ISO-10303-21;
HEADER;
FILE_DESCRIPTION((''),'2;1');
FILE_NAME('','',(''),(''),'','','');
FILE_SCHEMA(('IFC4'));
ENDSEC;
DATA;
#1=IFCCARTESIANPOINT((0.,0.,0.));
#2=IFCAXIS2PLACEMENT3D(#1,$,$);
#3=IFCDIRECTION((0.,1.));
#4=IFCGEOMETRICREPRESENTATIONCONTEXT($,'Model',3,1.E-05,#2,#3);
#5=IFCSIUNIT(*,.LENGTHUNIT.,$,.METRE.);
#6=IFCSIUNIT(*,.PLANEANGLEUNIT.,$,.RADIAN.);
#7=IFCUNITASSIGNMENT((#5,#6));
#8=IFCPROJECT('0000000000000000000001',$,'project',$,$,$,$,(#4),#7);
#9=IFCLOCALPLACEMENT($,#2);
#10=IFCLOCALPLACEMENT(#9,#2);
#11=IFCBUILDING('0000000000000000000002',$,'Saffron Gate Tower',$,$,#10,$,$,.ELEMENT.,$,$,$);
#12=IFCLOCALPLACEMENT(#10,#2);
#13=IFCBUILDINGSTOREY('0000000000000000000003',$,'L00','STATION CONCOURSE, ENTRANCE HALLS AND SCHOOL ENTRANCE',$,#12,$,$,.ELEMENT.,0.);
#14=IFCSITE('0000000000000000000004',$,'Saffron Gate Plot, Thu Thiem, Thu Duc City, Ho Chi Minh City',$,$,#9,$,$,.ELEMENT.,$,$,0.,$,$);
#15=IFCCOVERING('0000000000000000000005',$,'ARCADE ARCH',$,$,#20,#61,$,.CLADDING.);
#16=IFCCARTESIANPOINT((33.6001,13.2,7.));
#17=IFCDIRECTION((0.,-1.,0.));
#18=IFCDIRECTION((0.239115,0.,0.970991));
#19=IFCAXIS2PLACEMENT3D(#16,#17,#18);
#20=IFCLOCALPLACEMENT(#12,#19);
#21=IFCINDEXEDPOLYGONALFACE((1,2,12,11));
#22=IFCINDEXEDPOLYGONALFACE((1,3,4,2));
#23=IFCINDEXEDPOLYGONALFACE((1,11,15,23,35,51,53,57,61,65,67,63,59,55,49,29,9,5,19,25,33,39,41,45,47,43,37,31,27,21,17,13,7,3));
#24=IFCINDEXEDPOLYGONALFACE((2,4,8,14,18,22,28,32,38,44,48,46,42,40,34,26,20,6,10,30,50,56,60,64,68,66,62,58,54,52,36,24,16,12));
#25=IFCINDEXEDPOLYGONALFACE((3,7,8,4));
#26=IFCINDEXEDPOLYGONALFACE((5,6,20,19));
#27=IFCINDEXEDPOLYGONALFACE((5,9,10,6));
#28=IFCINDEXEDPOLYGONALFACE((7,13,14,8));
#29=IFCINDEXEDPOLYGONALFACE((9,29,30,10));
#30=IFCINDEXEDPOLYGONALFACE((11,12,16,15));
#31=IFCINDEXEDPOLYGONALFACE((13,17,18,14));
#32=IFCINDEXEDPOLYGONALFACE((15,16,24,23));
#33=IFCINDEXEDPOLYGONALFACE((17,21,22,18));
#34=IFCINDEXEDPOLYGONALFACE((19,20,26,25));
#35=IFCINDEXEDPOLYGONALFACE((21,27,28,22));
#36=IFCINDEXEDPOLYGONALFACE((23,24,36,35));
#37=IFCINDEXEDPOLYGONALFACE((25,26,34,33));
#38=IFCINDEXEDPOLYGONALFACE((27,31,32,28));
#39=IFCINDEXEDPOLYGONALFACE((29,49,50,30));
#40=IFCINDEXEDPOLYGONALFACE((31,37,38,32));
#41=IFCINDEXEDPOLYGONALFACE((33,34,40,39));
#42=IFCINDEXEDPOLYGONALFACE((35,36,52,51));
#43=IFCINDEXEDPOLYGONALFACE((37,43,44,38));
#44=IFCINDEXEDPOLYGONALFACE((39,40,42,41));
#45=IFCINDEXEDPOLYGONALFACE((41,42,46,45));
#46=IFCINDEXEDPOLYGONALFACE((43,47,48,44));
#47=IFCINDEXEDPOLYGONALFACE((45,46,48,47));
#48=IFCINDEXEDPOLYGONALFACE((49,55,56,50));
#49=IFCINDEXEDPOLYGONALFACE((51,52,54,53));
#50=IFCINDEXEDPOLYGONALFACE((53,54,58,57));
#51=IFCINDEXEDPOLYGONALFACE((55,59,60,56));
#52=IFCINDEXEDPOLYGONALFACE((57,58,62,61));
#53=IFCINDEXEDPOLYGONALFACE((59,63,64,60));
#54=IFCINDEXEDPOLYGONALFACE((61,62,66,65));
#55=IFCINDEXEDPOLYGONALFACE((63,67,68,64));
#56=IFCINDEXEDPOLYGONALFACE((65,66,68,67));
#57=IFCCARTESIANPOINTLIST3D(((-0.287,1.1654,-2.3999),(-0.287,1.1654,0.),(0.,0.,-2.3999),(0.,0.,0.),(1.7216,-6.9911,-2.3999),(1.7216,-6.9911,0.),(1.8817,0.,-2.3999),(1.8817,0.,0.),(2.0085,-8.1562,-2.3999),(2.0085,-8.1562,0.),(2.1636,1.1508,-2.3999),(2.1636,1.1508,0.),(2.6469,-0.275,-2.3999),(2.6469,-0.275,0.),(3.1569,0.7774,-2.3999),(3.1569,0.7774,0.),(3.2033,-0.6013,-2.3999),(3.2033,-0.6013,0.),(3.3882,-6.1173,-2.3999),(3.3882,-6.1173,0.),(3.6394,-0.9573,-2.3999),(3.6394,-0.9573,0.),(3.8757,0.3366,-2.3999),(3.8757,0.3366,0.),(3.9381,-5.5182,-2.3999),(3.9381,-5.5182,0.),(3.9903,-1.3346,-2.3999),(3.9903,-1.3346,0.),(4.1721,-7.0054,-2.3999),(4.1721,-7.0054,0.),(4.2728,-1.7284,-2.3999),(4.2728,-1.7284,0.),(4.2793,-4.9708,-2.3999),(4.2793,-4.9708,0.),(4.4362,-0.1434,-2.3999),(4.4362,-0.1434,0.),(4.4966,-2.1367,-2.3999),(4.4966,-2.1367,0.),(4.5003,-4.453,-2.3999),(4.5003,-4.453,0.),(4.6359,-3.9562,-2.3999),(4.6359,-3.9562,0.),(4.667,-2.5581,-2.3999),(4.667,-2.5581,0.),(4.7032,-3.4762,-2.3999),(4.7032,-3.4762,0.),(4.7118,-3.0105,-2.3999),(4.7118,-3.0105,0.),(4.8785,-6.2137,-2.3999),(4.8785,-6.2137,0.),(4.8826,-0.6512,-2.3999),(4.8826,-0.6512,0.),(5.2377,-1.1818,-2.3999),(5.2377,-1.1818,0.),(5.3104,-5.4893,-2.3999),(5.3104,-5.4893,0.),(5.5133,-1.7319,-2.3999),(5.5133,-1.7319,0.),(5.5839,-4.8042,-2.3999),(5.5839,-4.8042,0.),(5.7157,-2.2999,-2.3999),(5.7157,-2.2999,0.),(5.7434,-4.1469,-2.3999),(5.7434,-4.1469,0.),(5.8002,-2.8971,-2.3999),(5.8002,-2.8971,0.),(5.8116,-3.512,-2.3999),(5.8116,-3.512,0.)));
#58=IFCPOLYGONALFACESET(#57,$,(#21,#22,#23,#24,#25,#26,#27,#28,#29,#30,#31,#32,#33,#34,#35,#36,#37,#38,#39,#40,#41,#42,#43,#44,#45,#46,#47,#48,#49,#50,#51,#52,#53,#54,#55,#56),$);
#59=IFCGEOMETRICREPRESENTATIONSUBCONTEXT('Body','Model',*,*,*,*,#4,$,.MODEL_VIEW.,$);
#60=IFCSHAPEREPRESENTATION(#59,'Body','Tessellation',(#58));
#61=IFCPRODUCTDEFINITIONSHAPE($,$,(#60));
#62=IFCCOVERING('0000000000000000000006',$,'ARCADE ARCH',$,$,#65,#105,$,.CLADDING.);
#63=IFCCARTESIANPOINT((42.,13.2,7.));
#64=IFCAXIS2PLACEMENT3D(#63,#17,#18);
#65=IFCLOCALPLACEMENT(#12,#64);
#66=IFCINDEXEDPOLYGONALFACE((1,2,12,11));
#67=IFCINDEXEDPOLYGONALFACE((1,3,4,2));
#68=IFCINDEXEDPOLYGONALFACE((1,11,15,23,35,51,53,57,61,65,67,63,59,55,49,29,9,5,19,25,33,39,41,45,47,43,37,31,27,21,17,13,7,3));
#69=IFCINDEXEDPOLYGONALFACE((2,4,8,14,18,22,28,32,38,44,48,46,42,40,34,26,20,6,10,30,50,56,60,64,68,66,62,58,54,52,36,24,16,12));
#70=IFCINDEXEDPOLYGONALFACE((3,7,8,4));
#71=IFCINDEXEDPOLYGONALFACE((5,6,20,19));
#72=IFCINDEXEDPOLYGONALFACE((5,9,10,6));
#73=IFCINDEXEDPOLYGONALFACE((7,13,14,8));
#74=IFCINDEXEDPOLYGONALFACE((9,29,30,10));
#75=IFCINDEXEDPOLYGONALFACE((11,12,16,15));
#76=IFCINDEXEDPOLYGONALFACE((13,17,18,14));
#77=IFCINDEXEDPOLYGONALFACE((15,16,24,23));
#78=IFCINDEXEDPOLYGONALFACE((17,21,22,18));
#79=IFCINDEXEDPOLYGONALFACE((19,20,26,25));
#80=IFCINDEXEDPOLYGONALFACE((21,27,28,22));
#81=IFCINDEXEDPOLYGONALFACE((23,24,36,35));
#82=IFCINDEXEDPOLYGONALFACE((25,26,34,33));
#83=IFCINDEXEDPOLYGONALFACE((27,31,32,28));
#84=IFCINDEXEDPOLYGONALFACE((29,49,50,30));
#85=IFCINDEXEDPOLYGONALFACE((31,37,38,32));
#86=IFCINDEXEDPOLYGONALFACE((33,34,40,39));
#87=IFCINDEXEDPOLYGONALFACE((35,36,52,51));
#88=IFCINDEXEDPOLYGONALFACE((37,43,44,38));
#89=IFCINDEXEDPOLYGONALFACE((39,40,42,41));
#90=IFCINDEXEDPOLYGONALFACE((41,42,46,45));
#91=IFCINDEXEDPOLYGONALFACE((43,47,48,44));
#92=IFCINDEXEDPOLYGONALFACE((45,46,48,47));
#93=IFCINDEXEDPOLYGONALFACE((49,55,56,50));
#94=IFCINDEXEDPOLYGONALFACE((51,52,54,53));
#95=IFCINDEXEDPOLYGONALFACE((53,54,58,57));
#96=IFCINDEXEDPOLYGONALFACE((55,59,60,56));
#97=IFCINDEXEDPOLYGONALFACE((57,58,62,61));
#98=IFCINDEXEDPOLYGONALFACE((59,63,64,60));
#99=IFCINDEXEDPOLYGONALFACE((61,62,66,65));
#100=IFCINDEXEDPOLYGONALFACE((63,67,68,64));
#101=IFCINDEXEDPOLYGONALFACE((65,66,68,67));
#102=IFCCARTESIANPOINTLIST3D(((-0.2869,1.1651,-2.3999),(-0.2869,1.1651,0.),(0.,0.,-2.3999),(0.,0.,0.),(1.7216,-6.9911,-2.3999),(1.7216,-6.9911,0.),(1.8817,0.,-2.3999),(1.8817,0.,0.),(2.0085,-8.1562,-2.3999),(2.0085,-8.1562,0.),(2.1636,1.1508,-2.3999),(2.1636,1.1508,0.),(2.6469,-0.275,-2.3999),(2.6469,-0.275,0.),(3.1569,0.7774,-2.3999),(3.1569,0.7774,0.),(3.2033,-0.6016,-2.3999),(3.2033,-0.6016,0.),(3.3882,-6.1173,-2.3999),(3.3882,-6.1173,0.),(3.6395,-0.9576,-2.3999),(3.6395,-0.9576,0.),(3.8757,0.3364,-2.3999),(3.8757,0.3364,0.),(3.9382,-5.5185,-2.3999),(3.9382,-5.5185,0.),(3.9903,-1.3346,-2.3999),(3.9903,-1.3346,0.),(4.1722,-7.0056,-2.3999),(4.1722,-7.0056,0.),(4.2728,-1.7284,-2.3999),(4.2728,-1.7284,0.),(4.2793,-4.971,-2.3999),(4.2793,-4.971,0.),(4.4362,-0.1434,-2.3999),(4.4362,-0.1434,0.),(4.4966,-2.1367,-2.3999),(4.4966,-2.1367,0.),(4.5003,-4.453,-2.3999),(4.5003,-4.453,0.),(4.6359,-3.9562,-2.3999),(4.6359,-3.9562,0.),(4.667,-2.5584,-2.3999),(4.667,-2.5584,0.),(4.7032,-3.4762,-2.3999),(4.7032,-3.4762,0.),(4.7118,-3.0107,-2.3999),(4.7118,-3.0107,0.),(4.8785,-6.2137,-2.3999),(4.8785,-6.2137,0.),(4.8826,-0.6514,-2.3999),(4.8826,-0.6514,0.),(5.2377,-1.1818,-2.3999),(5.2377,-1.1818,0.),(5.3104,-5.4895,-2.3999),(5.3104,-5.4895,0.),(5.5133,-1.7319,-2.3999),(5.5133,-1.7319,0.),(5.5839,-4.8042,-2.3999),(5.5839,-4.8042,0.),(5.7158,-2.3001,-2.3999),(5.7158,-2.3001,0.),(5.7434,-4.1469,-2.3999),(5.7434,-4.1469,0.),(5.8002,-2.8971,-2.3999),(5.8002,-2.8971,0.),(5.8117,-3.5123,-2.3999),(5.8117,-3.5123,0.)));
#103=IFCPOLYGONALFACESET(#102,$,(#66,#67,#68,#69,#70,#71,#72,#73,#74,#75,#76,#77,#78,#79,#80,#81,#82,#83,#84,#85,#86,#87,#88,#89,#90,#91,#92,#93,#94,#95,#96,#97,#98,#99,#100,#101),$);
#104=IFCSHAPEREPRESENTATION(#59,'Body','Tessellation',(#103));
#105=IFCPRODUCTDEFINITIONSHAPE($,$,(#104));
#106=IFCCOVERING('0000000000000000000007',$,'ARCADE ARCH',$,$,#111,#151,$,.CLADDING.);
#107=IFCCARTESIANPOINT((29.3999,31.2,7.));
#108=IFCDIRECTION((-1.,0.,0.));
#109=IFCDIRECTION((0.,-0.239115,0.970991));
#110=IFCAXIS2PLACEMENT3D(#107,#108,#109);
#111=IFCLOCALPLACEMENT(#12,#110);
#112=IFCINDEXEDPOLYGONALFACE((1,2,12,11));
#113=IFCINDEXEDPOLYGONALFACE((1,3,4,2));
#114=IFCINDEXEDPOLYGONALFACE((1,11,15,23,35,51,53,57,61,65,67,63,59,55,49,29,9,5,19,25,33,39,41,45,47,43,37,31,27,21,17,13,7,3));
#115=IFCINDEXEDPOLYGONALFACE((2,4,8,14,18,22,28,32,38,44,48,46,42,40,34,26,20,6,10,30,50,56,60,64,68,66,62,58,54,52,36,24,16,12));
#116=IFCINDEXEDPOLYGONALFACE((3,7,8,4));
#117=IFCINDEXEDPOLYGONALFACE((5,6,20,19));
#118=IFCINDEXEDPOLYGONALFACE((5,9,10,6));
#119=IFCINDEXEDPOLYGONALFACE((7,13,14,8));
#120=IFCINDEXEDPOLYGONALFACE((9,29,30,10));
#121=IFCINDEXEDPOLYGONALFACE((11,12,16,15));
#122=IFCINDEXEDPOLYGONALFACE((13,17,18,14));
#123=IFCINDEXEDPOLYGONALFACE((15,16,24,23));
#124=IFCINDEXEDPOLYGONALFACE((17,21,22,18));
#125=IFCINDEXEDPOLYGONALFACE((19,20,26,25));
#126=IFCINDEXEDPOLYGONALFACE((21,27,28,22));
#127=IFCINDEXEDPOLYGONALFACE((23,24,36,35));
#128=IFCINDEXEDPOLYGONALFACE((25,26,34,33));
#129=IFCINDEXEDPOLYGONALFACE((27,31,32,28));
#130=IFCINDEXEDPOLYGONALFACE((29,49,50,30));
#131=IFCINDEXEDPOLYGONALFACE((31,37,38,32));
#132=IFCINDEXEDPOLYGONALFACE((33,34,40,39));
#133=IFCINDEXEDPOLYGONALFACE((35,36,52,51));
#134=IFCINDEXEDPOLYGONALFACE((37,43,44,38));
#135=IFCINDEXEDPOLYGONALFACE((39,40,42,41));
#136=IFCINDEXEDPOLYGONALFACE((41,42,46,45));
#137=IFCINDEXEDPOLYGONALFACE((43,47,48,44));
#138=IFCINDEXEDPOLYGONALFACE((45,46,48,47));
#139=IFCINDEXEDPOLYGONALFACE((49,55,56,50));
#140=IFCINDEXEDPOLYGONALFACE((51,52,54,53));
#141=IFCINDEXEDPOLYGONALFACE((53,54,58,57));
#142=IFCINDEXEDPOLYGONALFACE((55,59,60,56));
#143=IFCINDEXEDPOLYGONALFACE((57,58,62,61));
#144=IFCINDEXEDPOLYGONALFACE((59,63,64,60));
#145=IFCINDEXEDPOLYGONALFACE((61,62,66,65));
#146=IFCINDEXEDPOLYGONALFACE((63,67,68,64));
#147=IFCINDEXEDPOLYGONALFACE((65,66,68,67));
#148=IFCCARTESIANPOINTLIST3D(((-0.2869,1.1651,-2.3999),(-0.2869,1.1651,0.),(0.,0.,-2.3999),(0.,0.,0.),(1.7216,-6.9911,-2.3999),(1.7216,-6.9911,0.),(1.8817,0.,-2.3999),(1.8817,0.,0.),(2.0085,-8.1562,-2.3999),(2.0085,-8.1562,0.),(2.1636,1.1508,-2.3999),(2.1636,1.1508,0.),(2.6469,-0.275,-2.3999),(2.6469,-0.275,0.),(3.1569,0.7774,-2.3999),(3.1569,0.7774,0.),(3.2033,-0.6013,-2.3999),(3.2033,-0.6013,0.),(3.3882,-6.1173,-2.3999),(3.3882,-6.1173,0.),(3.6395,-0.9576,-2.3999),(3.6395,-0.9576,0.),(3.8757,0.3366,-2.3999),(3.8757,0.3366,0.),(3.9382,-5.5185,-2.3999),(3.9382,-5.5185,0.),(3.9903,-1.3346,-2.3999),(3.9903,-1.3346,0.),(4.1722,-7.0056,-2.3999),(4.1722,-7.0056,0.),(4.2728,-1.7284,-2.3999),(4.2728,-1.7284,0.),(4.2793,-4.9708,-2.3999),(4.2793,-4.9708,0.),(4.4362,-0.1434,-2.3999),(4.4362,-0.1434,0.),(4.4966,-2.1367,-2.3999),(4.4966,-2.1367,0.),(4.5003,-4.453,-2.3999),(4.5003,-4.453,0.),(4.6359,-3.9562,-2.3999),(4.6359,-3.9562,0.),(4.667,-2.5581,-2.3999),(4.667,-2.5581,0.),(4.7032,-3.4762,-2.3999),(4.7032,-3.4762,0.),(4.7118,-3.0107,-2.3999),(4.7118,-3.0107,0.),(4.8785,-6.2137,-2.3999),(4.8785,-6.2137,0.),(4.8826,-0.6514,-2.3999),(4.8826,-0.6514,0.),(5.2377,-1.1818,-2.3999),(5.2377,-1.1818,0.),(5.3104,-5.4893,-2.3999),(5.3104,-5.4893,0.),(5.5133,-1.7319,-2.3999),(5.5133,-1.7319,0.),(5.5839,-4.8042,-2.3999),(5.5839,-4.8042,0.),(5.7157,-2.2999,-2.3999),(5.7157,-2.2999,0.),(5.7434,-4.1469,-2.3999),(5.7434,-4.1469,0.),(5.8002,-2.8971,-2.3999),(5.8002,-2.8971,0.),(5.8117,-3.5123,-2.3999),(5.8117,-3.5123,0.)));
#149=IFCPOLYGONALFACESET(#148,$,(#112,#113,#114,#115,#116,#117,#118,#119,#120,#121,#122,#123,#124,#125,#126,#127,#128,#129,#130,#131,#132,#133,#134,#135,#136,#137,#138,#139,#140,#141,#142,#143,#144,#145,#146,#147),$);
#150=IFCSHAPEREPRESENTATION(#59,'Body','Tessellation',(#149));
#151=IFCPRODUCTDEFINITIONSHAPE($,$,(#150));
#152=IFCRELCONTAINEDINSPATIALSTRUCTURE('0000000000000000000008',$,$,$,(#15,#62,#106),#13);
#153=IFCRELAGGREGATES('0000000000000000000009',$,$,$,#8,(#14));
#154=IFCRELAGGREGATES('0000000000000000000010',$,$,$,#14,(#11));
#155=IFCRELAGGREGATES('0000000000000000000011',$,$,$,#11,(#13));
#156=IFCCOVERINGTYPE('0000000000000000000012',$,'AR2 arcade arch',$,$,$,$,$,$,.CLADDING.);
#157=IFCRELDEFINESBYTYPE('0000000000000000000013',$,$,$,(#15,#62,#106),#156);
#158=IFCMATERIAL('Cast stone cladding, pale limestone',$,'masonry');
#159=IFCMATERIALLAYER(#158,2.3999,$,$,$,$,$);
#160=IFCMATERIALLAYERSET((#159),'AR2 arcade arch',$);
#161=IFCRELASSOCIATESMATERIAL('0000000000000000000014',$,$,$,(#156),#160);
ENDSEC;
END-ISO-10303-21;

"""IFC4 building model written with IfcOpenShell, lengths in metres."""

from ifc_helpers import new_model, si_unit, direction, frame, origin, place, context, subcontext, project, spatial, polyline, outline, extrude, material, layer, layer_set, type_object, element, save


model = new_model("IFC4")

# Units and contexts
model_context = context("Model", 3, precision=1e-05, world=origin(), true_north=direction((0.0, 1.0)))
body_context = subcontext(model_context, "Body", "Model", "MODEL_VIEW")
ifc_project = project(units=[si_unit("LENGTHUNIT", "METRE"), si_unit("PLANEANGLEUNIT", "RADIAN")], contexts=[model_context])

# Site, building, storey
site_placement = place(None, origin())
site = spatial("IfcSite", under=ifc_project, at=site_placement, Name="Saffron Gate Plot, Thu Thiem, Thu Duc City, Ho Chi Minh City", CompositionType="ELEMENT", RefElevation=0.0)
building_placement = place(site_placement, origin())
building = spatial("IfcBuilding", under=site, at=building_placement, Name="Saffron Gate Tower", CompositionType="ELEMENT")
storey_placement = place(building_placement, origin())
storey = spatial("IfcBuildingStorey", under=building, at=storey_placement, Name="L00", Description="STATION CONCOURSE, ENTRANCE HALLS AND SCHOOL ENTRANCE", CompositionType="ELEMENT", Elevation=0.0)

# Coverings
ifc_material_1 = material(Name="Cast stone cladding, pale limestone", Category="masonry")
ifc_layer_1 = layer(ifc_material_1, 2.3999)
ifc_layer_set_1 = layer_set([ifc_layer_1], Name="AR2 arcade arch")
covering_type = type_object("IfcCoveringType", Name="AR2 arcade arch", PredefinedType="CLADDING", material=ifc_layer_set_1)
covering_1_placement = place(storey_placement, frame((33.6001, 13.2, 7.0), z_axis=(0.0, -1.0, 0.0), x_axis=(0.239115, 0.0, 0.970991)))
element("IfcCovering", 1, at=covering_1_placement, inside=storey, type_object=covering_type, Name="ARCADE ARCH", PredefinedType="CLADDING", context=body_context, shape_type="SweptSolid", body=[
    extrude(outline(polyline([(0.0, 0.0), (1.8817, 0.0), (2.6469, -0.275), (3.2033, -0.6013), (3.6394, -0.9573), (3.9903, -1.3346), (4.2728, -1.7284), (4.4966, -2.1367), (4.667, -2.5581), (4.7118, -3.0105), (4.7032, -3.4762), (4.6359, -3.9562), (4.5003, -4.453), (4.2793, -4.9708), (3.9381, -5.5182), (3.3882, -6.1173), (1.7216, -6.9911), (2.0085, -8.1562), (4.1721, -7.0054), (4.8785, -6.2137), (5.3104, -5.4893), (5.5839, -4.8042), (5.7434, -4.1469), (5.8116, -3.512), (5.8002, -2.8971), (5.7157, -2.2999), (5.5133, -1.7319), (5.2377, -1.1818), (4.8826, -0.6512), (4.4362, -0.1434), (3.8757, 0.3366), (3.1569, 0.7774), (2.1636, 1.1508), (-0.287, 1.1654), (0.0, 0.0)])), origin(), (0.0, 0.0, -1.0), 2.3999),
])
covering_2_placement = place(storey_placement, frame((42.0, 13.2, 7.0), z_axis=(0.0, -1.0, 0.0), x_axis=(0.239115, 0.0, 0.970991)))
element("IfcCovering", 2, at=covering_2_placement, inside=storey, type_object=covering_type, Name="ARCADE ARCH", PredefinedType="CLADDING", context=body_context, shape_type="SweptSolid", body=[
    extrude(outline(polyline([(0.0, 0.0), (1.8817, 0.0), (2.6469, -0.275), (3.2033, -0.6016), (3.6395, -0.9576), (3.9903, -1.3346), (4.2728, -1.7284), (4.4966, -2.1367), (4.667, -2.5584), (4.7118, -3.0107), (4.7032, -3.4762), (4.6359, -3.9562), (4.5003, -4.453), (4.2793, -4.971), (3.9382, -5.5185), (3.3882, -6.1173), (1.7216, -6.9911), (2.0085, -8.1562), (4.1722, -7.0056), (4.8785, -6.2137), (5.3104, -5.4895), (5.5839, -4.8042), (5.7434, -4.1469), (5.8117, -3.5123), (5.8002, -2.8971), (5.7158, -2.3001), (5.5133, -1.7319), (5.2377, -1.1818), (4.8826, -0.6514), (4.4362, -0.1434), (3.8757, 0.3364), (3.1569, 0.7774), (2.1636, 1.1508), (-0.2869, 1.1651), (0.0, 0.0)])), origin(), (0.0, 0.0, -1.0), 2.3999),
])
covering_3_placement = place(storey_placement, frame((29.3999, 31.2, 7.0), z_axis=(-1.0, 0.0, 0.0), x_axis=(0.0, -0.239115, 0.970991)))
element("IfcCovering", 3, at=covering_3_placement, inside=storey, type_object=covering_type, Name="ARCADE ARCH", PredefinedType="CLADDING", context=body_context, shape_type="SweptSolid", body=[
    extrude(outline(polyline([(0.0, 0.0), (1.8817, 0.0), (2.6469, -0.275), (3.2033, -0.6013), (3.6395, -0.9576), (3.9903, -1.3346), (4.2728, -1.7284), (4.4966, -2.1367), (4.667, -2.5581), (4.7118, -3.0107), (4.7032, -3.4762), (4.6359, -3.9562), (4.5003, -4.453), (4.2793, -4.9708), (3.9382, -5.5185), (3.3882, -6.1173), (1.7216, -6.9911), (2.0085, -8.1562), (4.1722, -7.0056), (4.8785, -6.2137), (5.3104, -5.4893), (5.5839, -4.8042), (5.7434, -4.1469), (5.8117, -3.5123), (5.8002, -2.8971), (5.7157, -2.2999), (5.5133, -1.7319), (5.2377, -1.1818), (4.8826, -0.6514), (4.4362, -0.1434), (3.8757, 0.3366), (3.1569, 0.7774), (2.1636, 1.1508), (-0.2869, 1.1651), (0.0, 0.0)])), origin(), (0.0, 0.0, -1.0), 2.3999),
])

save(model, "model.ifc")
